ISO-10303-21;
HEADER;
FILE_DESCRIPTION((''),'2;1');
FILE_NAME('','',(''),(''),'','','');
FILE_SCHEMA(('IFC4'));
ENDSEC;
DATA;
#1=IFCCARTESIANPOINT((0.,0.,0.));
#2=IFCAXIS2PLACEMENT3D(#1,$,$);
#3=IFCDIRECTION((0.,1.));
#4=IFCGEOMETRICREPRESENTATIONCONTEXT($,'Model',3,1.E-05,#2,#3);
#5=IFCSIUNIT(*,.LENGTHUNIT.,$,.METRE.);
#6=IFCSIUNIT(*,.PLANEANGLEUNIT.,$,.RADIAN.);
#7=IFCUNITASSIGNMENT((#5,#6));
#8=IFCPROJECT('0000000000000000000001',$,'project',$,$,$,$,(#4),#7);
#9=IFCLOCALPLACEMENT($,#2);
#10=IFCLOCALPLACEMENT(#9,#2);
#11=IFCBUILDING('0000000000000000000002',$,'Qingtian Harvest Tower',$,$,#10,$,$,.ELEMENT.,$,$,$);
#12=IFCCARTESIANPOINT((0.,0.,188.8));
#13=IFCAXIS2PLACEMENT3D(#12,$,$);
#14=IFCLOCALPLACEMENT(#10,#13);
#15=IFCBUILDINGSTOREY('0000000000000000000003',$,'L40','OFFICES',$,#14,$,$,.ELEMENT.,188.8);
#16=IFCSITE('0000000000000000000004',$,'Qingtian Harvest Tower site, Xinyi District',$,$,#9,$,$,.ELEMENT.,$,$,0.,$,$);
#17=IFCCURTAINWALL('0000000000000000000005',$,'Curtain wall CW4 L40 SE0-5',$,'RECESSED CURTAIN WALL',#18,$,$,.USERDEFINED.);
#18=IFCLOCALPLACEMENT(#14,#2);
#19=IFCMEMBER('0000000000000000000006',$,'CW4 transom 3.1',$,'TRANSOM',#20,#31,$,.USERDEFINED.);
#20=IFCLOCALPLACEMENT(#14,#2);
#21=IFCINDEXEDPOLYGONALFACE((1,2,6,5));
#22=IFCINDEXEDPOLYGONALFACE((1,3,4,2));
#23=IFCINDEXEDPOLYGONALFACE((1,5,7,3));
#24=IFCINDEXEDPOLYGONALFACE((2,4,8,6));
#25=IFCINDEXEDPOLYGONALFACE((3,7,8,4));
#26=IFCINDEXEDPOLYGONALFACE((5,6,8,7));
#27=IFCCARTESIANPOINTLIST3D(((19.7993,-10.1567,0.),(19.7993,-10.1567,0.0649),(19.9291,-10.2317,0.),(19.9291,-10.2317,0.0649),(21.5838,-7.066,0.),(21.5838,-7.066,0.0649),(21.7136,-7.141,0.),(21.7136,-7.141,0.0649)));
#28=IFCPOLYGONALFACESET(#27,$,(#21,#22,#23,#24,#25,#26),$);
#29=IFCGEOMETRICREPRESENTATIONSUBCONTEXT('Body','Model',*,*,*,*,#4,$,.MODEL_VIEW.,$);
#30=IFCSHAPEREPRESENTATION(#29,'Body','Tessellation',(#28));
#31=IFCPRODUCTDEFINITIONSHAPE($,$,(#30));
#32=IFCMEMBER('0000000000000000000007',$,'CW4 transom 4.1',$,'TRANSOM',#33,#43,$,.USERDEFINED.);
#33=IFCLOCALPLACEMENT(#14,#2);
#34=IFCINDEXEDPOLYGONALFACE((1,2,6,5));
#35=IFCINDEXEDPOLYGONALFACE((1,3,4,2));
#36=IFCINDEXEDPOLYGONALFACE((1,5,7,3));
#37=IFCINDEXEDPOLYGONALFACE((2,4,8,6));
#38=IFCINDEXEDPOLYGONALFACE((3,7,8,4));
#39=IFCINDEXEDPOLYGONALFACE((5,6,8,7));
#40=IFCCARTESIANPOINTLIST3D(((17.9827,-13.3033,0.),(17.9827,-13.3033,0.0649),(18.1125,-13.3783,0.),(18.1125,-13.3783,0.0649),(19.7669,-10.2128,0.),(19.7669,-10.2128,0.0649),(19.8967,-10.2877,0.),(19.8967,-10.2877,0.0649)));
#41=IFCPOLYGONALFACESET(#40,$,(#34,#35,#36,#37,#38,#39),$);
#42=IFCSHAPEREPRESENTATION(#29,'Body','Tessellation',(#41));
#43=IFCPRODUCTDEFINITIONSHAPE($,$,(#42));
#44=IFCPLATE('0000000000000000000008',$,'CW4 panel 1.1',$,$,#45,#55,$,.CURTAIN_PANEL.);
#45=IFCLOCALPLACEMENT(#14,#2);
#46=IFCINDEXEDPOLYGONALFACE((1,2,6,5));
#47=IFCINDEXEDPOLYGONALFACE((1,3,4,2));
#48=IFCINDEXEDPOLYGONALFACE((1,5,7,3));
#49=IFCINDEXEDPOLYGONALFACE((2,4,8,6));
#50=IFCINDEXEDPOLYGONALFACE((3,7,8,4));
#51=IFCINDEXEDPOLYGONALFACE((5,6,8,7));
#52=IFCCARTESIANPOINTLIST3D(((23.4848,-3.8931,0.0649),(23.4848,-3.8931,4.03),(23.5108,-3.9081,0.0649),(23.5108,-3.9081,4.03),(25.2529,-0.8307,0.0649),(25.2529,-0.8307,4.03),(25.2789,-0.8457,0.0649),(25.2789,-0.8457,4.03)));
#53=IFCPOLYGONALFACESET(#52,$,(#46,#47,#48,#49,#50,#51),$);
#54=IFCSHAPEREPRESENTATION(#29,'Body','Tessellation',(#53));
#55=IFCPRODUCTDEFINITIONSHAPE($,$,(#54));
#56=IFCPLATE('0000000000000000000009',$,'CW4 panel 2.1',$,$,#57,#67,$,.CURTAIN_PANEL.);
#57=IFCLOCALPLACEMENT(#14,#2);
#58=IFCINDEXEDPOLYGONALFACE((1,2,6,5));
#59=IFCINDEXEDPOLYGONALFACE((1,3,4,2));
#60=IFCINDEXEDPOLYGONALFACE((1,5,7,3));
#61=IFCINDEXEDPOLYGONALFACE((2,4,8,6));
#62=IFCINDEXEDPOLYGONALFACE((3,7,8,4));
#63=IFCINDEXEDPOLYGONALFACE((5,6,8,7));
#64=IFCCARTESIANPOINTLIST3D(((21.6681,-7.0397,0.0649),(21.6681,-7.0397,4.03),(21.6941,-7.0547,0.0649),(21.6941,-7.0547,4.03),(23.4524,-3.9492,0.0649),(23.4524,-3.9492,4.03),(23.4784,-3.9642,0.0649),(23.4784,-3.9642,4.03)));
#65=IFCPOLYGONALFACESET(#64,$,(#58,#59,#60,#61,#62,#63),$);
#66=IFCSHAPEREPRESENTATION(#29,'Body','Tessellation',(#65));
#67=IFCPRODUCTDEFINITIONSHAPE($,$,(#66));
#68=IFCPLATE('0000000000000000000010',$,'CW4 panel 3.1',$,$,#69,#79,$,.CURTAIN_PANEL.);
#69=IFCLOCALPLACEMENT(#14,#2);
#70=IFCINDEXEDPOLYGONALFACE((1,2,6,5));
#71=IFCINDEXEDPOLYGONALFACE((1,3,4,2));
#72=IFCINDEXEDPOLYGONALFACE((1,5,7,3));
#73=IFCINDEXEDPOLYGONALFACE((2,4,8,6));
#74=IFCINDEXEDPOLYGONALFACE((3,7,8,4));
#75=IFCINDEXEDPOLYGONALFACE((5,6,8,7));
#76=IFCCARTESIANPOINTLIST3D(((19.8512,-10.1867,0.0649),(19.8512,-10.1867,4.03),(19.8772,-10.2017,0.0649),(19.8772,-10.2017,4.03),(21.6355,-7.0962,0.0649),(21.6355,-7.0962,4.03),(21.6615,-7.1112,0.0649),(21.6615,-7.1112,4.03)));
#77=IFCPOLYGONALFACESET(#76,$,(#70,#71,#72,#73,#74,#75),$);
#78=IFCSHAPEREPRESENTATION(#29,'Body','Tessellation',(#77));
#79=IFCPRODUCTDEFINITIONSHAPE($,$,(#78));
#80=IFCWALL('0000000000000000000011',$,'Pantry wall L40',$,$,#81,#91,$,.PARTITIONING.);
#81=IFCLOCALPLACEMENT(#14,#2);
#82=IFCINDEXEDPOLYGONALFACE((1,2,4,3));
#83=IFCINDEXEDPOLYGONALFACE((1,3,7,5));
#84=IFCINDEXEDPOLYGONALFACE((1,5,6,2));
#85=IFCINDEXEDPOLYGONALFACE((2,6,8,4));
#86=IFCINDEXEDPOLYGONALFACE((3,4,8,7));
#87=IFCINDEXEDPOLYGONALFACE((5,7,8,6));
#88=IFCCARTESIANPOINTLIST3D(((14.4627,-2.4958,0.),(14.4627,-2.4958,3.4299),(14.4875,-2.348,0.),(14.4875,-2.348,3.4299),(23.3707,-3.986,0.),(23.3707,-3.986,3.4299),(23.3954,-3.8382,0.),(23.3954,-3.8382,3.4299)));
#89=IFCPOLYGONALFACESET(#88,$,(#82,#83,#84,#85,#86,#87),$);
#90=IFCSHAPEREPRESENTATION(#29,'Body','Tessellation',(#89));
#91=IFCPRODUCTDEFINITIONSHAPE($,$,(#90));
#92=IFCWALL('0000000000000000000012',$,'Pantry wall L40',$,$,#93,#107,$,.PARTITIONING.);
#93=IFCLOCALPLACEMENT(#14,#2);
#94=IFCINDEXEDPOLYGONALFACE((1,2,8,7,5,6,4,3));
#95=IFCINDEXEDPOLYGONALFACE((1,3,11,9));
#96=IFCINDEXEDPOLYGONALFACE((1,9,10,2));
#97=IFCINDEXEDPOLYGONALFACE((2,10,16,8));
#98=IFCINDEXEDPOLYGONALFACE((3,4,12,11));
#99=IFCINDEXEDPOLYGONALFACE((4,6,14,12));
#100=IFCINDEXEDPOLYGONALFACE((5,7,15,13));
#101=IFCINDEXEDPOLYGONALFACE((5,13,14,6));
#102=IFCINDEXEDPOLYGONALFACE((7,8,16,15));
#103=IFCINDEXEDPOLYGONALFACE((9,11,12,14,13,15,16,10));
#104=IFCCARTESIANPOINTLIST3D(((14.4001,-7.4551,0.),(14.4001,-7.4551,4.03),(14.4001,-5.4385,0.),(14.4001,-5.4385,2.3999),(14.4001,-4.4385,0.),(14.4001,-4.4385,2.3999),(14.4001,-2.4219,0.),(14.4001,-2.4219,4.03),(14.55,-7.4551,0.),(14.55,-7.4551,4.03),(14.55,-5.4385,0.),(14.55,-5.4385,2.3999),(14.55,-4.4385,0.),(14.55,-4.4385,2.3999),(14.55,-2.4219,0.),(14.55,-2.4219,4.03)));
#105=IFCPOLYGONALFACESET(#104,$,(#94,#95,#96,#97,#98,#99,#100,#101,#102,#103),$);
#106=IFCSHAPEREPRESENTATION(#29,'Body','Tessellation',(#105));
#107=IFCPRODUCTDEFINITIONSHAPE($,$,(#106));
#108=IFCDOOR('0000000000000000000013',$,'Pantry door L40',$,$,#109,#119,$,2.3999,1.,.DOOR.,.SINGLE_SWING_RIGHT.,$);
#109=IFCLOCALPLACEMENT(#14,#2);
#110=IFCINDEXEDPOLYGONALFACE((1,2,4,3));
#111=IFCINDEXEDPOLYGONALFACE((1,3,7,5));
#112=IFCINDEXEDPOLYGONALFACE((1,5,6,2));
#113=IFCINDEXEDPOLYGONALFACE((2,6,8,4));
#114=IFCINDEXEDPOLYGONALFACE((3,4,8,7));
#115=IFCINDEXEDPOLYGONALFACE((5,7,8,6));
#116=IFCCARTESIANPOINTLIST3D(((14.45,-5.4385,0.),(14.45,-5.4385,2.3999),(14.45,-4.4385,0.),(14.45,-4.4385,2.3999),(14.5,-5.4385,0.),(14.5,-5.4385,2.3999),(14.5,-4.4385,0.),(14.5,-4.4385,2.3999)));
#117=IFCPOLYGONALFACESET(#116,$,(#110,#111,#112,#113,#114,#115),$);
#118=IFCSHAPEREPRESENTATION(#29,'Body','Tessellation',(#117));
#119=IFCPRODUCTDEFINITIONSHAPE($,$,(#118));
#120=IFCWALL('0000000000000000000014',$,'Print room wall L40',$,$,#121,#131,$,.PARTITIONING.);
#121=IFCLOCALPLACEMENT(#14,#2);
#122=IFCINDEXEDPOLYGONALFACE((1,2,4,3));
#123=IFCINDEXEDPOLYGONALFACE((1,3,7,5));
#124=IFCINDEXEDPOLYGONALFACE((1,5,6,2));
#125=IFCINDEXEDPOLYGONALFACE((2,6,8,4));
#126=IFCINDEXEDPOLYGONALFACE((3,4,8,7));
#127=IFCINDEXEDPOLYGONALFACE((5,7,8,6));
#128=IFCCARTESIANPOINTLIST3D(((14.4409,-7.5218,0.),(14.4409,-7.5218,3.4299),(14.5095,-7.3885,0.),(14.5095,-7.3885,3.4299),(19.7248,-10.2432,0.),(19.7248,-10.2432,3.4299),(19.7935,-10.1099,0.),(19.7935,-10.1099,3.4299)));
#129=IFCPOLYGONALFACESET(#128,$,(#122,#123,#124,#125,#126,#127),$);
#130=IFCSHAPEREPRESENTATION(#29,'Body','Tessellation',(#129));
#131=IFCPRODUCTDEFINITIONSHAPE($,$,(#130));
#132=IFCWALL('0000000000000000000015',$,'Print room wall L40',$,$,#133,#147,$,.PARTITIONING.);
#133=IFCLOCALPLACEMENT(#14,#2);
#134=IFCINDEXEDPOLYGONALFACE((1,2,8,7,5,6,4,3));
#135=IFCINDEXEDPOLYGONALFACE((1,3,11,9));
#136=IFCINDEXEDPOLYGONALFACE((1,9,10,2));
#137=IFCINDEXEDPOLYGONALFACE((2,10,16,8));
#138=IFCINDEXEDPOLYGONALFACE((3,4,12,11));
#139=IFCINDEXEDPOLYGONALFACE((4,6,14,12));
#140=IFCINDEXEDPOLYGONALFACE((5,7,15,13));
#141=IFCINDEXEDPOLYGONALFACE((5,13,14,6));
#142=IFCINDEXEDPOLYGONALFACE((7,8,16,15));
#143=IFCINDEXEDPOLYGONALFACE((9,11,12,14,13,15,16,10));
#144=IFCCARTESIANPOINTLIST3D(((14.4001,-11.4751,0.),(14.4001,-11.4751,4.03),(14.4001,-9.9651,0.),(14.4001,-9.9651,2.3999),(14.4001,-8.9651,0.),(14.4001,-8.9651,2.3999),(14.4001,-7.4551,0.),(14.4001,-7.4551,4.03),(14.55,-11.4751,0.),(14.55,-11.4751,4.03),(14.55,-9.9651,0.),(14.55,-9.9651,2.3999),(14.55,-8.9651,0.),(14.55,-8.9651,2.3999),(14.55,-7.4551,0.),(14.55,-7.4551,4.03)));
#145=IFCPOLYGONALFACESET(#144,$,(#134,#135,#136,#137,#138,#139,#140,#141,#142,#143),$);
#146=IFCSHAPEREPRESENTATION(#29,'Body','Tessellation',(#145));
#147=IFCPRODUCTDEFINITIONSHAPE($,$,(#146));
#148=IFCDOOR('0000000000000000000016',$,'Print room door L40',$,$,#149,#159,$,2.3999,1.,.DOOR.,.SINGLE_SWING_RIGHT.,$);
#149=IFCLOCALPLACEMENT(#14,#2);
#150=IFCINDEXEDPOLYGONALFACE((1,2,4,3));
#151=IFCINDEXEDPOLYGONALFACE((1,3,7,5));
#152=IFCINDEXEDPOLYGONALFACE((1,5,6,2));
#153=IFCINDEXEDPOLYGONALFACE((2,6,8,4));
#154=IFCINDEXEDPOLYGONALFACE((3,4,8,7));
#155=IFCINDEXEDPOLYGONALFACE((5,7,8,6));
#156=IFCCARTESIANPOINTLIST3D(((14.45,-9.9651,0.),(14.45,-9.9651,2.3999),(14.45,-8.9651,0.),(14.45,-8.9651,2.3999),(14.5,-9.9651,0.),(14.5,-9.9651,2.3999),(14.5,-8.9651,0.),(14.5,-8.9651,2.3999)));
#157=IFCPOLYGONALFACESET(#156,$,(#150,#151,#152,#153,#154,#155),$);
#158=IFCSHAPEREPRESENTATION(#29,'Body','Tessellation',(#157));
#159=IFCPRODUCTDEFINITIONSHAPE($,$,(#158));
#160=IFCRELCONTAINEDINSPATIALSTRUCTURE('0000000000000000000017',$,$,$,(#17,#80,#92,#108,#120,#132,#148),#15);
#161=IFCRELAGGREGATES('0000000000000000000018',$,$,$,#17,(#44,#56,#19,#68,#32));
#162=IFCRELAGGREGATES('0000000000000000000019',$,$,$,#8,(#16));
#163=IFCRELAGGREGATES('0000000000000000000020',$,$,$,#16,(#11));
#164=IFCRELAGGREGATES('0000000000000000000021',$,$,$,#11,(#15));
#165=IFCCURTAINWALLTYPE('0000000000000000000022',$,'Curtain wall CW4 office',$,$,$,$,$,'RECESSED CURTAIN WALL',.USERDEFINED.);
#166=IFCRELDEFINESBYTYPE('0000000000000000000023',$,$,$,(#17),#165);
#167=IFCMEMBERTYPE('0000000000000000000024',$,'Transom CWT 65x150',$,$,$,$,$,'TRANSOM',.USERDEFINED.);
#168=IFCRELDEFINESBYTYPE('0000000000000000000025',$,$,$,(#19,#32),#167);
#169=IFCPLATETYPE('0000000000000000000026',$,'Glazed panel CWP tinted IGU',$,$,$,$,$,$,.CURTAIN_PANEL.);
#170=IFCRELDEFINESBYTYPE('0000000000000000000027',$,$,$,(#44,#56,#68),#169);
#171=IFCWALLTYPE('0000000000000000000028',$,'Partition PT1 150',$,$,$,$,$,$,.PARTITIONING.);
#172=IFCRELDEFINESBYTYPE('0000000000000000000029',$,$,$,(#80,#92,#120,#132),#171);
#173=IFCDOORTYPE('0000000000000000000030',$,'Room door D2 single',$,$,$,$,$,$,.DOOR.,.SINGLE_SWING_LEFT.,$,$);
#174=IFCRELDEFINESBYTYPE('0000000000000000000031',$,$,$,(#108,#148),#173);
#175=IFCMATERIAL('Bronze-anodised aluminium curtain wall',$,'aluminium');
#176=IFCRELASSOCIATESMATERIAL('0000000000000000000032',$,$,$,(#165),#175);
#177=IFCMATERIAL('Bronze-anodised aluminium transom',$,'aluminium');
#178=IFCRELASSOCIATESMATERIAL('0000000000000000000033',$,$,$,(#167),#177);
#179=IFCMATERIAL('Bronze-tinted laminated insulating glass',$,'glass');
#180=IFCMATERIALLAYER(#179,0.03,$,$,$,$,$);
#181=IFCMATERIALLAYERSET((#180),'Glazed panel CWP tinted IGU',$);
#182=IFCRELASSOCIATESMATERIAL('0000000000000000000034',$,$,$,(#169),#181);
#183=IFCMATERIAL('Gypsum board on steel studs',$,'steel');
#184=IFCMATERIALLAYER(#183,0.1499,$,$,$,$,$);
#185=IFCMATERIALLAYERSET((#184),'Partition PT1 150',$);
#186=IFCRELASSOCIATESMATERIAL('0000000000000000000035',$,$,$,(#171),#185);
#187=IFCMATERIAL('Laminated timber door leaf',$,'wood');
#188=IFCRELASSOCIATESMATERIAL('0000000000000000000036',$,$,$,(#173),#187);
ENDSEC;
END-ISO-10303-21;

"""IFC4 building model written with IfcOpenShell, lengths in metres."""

from ifc_helpers import new_model, si_unit, direction, frame, frame_2d, origin, origin_2d, place, context, subcontext, project, spatial, rectangle, extrude, material, layer, layer_set, material_profile, profile_set, type_object, element, fill, aggregate, save


model = new_model("IFC4")

# Units and contexts
model_context = context("Model", 3, precision=1e-05, world=origin(), true_north=direction((0.0, 1.0)))
body_context = subcontext(model_context, "Body", "Model", "MODEL_VIEW")
ifc_project = project(units=[si_unit("LENGTHUNIT", "METRE"), si_unit("PLANEANGLEUNIT", "RADIAN")], contexts=[model_context])

# Site, building, storey
site_placement = place(None, origin())
site = spatial("IfcSite", under=ifc_project, at=site_placement, Name="Qingtian Harvest Tower site, Xinyi District", CompositionType="ELEMENT", RefElevation=0.0)
building_placement = place(site_placement, origin())
building = spatial("IfcBuilding", under=site, at=building_placement, Name="Qingtian Harvest Tower", CompositionType="ELEMENT")
storey_placement = place(building_placement, frame((0.0, 0.0, 188.8)))
storey = spatial("IfcBuildingStorey", under=building, at=storey_placement, Name="L40", Description="OFFICES", CompositionType="ELEMENT", Elevation=188.8)

# Shared definitions
ifc_material_1 = material(Name="Bronze-anodised aluminium curtain wall", Category="aluminium")
curtain_wall_type = type_object("IfcCurtainWallType", Name="Curtain wall CW4 office", ElementType="RECESSED CURTAIN WALL", PredefinedType="USERDEFINED", material=ifc_material_1)

# Curtain wall
curtain_wall_1_placement = place(storey_placement, origin())
curtain_wall_1 = element("IfcCurtainWall", 1, at=curtain_wall_1_placement, inside=storey, type_object=curtain_wall_type, Name="Curtain wall CW4 L40 SE0-5", ObjectType="RECESSED CURTAIN WALL", PredefinedType="USERDEFINED")

# Members
ifc_material_2 = material(Name="Bronze-anodised aluminium transom", Category="aluminium")
ifc_material_profile_1 = material_profile(ifc_material_2, rectangle(XDim=0.1499, YDim=0.0649, at=origin_2d()), Name="AL 65x150")
ifc_profile_set_1 = profile_set([ifc_material_profile_1], Name="Bronze-anodised aluminium transom")
member_type_1 = type_object("IfcMemberType", Name="Transom CWT 65x150", ElementType="TRANSOM", PredefinedType="USERDEFINED", material=ifc_profile_set_1)
member_1_placement = place(storey_placement, frame((21.6487, -7.1035, 0.0325), z_axis=(-0.500017, -0.866016, 0.0), x_axis=(0.866016, -0.500017, 0.0)))
member_1 = element("IfcMember", 2, at=member_1_placement, type_object=member_type_1, Name="CW4 transom 3.1", ObjectType="TRANSOM", PredefinedType="USERDEFINED", context=body_context, shape_type="SweptSolid", body=[
    extrude(rectangle(XDim=0.1499, YDim=0.0649, at=origin_2d()), origin(), (0.0, 0.0, 1.0), 3.5688),
])
member_2_placement = place(storey_placement, frame((19.8318, -10.2502, 0.0325), z_axis=(-0.499965, -0.866045, 0.0), x_axis=(0.866045, -0.499965, 0.0)))
member_2 = element("IfcMember", 3, at=member_2_placement, type_object=member_type_1, Name="CW4 transom 4.1", ObjectType="TRANSOM", PredefinedType="USERDEFINED", context=body_context, shape_type="SweptSolid", body=[
    extrude(rectangle(XDim=0.1499, YDim=0.0649, at=origin_2d()), origin(), (0.0, 0.0, 1.0), 3.5686),
])

# Plates
ifc_material_3 = material(Name="Bronze-tinted laminated insulating glass", Category="glass")
ifc_layer_1 = layer(ifc_material_3, 0.03)
ifc_layer_set_1 = layer_set([ifc_layer_1], Name="Glazed panel CWP tinted IGU")
plate_type = type_object("IfcPlateType", Name="Glazed panel CWP tinted IGU", PredefinedType="CURTAIN_PANEL", material=ifc_layer_set_1)
plate_1_placement = place(storey_placement, frame((24.3818, -2.3694, 0.0649), z_axis=(0.0, 0.0, 1.0), x_axis=(-0.5, -0.866025, 0.0)))
plate_1 = element("IfcPlate", 4, at=plate_1_placement, type_object=plate_type, Name="CW4 panel 1.1", PredefinedType="CURTAIN_PANEL", context=body_context, shape_type="SweptSolid", body=[
    extrude(rectangle(XDim=3.5361, YDim=0.03, at=origin_2d()), origin(), (0.0, 0.0, 1.0), 3.9651),
])
plate_2_placement = place(storey_placement, frame((22.5732, -5.502, 0.0649), z_axis=(0.0, 0.0, 1.0), x_axis=(-0.5, -0.866025, 0.0)))
plate_2 = element("IfcPlate", 5, at=plate_2_placement, type_object=plate_type, Name="CW4 panel 2.1", PredefinedType="CURTAIN_PANEL", context=body_context, shape_type="SweptSolid", body=[
    extrude(rectangle(XDim=3.5686, YDim=0.03, at=origin_2d()), origin(), (0.0, 0.0, 1.0), 3.9651),
])
plate_3_placement = place(storey_placement, frame((20.7563, -8.6489, 0.0649), z_axis=(0.0, 0.0, 1.0), x_axis=(-0.5, -0.866025, 0.0)))
plate_3 = element("IfcPlate", 6, at=plate_3_placement, type_object=plate_type, Name="CW4 panel 3.1", PredefinedType="CURTAIN_PANEL", context=body_context, shape_type="SweptSolid", body=[
    extrude(rectangle(XDim=3.5686, YDim=0.03, at=origin_2d()), origin(), (0.0, 0.0, 1.0), 3.9651),
])
aggregate(curtain_wall_1, [plate_1, plate_2, member_1, plate_3, member_2])

# Wall
ifc_material_4 = material(Name="Gypsum board on steel studs", Category="steel")
ifc_layer_2 = layer(ifc_material_4, 0.1499)
ifc_layer_set_2 = layer_set([ifc_layer_2], Name="Partition PT1 150")
wall_type = type_object("IfcWallType", Name="Partition PT1 150", PredefinedType="PARTITIONING", material=ifc_layer_set_2)
wall_1_placement = place(storey_placement, frame((23.3831, -3.9121, 0.0), z_axis=(0.0, 0.0, 1.0), x_axis=(-0.986294, 0.164999, 0.0)))
element("IfcWall", 7, at=wall_1_placement, inside=storey, type_object=wall_type, Name="Pantry wall L40", PredefinedType="PARTITIONING", context=body_context, shape_type="SweptSolid", body=[
    extrude(rectangle(XDim=9.0317, YDim=0.1499, at=frame_2d((4.5159, 0.0))), origin(), (0.0, 0.0, 1.0), 3.4299),
])

# Wall, opening, door
wall_2_placement = place(storey_placement, frame((14.4751, -2.4219, 0.0), z_axis=(0.0, 0.0, 1.0), x_axis=(0.0, -1.0, 0.0)))
wall_2 = element("IfcWall", 8, at=wall_2_placement, inside=storey, type_object=wall_type, Name="Pantry wall L40", PredefinedType="PARTITIONING", context=body_context, shape_type="SweptSolid", body=[
    extrude(rectangle(XDim=5.0332, YDim=0.1499, at=frame_2d((2.5166, 0.0))), origin(), (0.0, 0.0, 1.0), 4.03),
])
opening_1_placement = place(wall_2_placement, frame((2.0166, 0.0, 0.0)))
opening_1 = element("IfcOpeningElement", 9, at=opening_1_placement, cuts=wall_2, PredefinedType="OPENING", context=body_context, shape_type="SweptSolid", body=[
    extrude(rectangle(XDim=1.0, YDim=2.3999, at=frame_2d((0.5, 1.2))), frame((0.0, 0.085, 0.0), z_axis=(0.0, -1.0, 0.0), x_axis=(1.0, 0.0, 0.0)), (0.0, 0.0, 1.0), 0.1699),
])
ifc_material_5 = material(Name="Laminated timber door leaf", Category="wood")
door_type = type_object("IfcDoorType", Name="Room door D2 single", OperationType="SINGLE_SWING_LEFT", PredefinedType="DOOR", material=ifc_material_5)
door_1_placement = place(opening_1_placement, origin())
door_1 = element("IfcDoor", 10, at=door_1_placement, inside=storey, type_object=door_type, Name="Pantry door L40", OperationType="SINGLE_SWING_RIGHT", OverallHeight=2.3999, OverallWidth=1.0, PredefinedType="DOOR", context=body_context, shape_type="SweptSolid", body=[
    extrude(rectangle(XDim=1.0, YDim=2.3999, at=frame_2d((0.5, 1.2))), frame((0.0, 0.0249, 0.0), z_axis=(0.0, -1.0, 0.0), x_axis=(1.0, 0.0, 0.0)), (0.0, 0.0, 1.0), 0.05),
])
fill(opening_1, door_1)

# Wall
wall_3_placement = place(storey_placement, frame((19.759, -10.1765, 0.0), z_axis=(0.0, 0.0, 1.0), x_axis=(-0.889015, 0.457878, 0.0)))
element("IfcWall", 11, at=wall_3_placement, inside=storey, type_object=wall_type, Name="Print room wall L40", PredefinedType="PARTITIONING", context=body_context, shape_type="SweptSolid", body=[
    extrude(rectangle(XDim=5.9436, YDim=0.1499, at=frame_2d((2.9717, 0.0))), origin(), (0.0, 0.0, 1.0), 3.4299),
])

# Wall, opening, door
wall_4_placement = place(storey_placement, frame((14.4751, -7.4551, 0.0), z_axis=(0.0, 0.0, 1.0), x_axis=(0.0, -1.0, 0.0)))
wall_4 = element("IfcWall", 12, at=wall_4_placement, inside=storey, type_object=wall_type, Name="Print room wall L40", PredefinedType="PARTITIONING", context=body_context, shape_type="SweptSolid", body=[
    extrude(rectangle(XDim=4.02, YDim=0.1499, at=frame_2d((2.01, 0.0))), origin(), (0.0, 0.0, 1.0), 4.03),
])
opening_2_placement = place(wall_4_placement, frame((1.51, 0.0, 0.0)))
opening_2 = element("IfcOpeningElement", 13, at=opening_2_placement, cuts=wall_4, PredefinedType="OPENING", context=body_context, shape_type="SweptSolid", body=[
    extrude(rectangle(XDim=1.0, YDim=2.3999, at=frame_2d((0.5, 1.2))), frame((0.0, 0.085, 0.0), z_axis=(0.0, -1.0, 0.0), x_axis=(1.0, 0.0, 0.0)), (0.0, 0.0, 1.0), 0.1699),
])
door_2_placement = place(opening_2_placement, origin())
door_2 = element("IfcDoor", 14, at=door_2_placement, inside=storey, type_object=door_type, Name="Print room door L40", OperationType="SINGLE_SWING_RIGHT", OverallHeight=2.3999, OverallWidth=1.0, PredefinedType="DOOR", context=body_context, shape_type="SweptSolid", body=[
    extrude(rectangle(XDim=1.0, YDim=2.3999, at=frame_2d((0.5, 1.2))), frame((0.0, 0.0249, 0.0), z_axis=(0.0, -1.0, 0.0), x_axis=(1.0, 0.0, 0.0)), (0.0, 0.0, 1.0), 0.05),
])
fill(opening_2, door_2)

save(model, "model.ifc")
